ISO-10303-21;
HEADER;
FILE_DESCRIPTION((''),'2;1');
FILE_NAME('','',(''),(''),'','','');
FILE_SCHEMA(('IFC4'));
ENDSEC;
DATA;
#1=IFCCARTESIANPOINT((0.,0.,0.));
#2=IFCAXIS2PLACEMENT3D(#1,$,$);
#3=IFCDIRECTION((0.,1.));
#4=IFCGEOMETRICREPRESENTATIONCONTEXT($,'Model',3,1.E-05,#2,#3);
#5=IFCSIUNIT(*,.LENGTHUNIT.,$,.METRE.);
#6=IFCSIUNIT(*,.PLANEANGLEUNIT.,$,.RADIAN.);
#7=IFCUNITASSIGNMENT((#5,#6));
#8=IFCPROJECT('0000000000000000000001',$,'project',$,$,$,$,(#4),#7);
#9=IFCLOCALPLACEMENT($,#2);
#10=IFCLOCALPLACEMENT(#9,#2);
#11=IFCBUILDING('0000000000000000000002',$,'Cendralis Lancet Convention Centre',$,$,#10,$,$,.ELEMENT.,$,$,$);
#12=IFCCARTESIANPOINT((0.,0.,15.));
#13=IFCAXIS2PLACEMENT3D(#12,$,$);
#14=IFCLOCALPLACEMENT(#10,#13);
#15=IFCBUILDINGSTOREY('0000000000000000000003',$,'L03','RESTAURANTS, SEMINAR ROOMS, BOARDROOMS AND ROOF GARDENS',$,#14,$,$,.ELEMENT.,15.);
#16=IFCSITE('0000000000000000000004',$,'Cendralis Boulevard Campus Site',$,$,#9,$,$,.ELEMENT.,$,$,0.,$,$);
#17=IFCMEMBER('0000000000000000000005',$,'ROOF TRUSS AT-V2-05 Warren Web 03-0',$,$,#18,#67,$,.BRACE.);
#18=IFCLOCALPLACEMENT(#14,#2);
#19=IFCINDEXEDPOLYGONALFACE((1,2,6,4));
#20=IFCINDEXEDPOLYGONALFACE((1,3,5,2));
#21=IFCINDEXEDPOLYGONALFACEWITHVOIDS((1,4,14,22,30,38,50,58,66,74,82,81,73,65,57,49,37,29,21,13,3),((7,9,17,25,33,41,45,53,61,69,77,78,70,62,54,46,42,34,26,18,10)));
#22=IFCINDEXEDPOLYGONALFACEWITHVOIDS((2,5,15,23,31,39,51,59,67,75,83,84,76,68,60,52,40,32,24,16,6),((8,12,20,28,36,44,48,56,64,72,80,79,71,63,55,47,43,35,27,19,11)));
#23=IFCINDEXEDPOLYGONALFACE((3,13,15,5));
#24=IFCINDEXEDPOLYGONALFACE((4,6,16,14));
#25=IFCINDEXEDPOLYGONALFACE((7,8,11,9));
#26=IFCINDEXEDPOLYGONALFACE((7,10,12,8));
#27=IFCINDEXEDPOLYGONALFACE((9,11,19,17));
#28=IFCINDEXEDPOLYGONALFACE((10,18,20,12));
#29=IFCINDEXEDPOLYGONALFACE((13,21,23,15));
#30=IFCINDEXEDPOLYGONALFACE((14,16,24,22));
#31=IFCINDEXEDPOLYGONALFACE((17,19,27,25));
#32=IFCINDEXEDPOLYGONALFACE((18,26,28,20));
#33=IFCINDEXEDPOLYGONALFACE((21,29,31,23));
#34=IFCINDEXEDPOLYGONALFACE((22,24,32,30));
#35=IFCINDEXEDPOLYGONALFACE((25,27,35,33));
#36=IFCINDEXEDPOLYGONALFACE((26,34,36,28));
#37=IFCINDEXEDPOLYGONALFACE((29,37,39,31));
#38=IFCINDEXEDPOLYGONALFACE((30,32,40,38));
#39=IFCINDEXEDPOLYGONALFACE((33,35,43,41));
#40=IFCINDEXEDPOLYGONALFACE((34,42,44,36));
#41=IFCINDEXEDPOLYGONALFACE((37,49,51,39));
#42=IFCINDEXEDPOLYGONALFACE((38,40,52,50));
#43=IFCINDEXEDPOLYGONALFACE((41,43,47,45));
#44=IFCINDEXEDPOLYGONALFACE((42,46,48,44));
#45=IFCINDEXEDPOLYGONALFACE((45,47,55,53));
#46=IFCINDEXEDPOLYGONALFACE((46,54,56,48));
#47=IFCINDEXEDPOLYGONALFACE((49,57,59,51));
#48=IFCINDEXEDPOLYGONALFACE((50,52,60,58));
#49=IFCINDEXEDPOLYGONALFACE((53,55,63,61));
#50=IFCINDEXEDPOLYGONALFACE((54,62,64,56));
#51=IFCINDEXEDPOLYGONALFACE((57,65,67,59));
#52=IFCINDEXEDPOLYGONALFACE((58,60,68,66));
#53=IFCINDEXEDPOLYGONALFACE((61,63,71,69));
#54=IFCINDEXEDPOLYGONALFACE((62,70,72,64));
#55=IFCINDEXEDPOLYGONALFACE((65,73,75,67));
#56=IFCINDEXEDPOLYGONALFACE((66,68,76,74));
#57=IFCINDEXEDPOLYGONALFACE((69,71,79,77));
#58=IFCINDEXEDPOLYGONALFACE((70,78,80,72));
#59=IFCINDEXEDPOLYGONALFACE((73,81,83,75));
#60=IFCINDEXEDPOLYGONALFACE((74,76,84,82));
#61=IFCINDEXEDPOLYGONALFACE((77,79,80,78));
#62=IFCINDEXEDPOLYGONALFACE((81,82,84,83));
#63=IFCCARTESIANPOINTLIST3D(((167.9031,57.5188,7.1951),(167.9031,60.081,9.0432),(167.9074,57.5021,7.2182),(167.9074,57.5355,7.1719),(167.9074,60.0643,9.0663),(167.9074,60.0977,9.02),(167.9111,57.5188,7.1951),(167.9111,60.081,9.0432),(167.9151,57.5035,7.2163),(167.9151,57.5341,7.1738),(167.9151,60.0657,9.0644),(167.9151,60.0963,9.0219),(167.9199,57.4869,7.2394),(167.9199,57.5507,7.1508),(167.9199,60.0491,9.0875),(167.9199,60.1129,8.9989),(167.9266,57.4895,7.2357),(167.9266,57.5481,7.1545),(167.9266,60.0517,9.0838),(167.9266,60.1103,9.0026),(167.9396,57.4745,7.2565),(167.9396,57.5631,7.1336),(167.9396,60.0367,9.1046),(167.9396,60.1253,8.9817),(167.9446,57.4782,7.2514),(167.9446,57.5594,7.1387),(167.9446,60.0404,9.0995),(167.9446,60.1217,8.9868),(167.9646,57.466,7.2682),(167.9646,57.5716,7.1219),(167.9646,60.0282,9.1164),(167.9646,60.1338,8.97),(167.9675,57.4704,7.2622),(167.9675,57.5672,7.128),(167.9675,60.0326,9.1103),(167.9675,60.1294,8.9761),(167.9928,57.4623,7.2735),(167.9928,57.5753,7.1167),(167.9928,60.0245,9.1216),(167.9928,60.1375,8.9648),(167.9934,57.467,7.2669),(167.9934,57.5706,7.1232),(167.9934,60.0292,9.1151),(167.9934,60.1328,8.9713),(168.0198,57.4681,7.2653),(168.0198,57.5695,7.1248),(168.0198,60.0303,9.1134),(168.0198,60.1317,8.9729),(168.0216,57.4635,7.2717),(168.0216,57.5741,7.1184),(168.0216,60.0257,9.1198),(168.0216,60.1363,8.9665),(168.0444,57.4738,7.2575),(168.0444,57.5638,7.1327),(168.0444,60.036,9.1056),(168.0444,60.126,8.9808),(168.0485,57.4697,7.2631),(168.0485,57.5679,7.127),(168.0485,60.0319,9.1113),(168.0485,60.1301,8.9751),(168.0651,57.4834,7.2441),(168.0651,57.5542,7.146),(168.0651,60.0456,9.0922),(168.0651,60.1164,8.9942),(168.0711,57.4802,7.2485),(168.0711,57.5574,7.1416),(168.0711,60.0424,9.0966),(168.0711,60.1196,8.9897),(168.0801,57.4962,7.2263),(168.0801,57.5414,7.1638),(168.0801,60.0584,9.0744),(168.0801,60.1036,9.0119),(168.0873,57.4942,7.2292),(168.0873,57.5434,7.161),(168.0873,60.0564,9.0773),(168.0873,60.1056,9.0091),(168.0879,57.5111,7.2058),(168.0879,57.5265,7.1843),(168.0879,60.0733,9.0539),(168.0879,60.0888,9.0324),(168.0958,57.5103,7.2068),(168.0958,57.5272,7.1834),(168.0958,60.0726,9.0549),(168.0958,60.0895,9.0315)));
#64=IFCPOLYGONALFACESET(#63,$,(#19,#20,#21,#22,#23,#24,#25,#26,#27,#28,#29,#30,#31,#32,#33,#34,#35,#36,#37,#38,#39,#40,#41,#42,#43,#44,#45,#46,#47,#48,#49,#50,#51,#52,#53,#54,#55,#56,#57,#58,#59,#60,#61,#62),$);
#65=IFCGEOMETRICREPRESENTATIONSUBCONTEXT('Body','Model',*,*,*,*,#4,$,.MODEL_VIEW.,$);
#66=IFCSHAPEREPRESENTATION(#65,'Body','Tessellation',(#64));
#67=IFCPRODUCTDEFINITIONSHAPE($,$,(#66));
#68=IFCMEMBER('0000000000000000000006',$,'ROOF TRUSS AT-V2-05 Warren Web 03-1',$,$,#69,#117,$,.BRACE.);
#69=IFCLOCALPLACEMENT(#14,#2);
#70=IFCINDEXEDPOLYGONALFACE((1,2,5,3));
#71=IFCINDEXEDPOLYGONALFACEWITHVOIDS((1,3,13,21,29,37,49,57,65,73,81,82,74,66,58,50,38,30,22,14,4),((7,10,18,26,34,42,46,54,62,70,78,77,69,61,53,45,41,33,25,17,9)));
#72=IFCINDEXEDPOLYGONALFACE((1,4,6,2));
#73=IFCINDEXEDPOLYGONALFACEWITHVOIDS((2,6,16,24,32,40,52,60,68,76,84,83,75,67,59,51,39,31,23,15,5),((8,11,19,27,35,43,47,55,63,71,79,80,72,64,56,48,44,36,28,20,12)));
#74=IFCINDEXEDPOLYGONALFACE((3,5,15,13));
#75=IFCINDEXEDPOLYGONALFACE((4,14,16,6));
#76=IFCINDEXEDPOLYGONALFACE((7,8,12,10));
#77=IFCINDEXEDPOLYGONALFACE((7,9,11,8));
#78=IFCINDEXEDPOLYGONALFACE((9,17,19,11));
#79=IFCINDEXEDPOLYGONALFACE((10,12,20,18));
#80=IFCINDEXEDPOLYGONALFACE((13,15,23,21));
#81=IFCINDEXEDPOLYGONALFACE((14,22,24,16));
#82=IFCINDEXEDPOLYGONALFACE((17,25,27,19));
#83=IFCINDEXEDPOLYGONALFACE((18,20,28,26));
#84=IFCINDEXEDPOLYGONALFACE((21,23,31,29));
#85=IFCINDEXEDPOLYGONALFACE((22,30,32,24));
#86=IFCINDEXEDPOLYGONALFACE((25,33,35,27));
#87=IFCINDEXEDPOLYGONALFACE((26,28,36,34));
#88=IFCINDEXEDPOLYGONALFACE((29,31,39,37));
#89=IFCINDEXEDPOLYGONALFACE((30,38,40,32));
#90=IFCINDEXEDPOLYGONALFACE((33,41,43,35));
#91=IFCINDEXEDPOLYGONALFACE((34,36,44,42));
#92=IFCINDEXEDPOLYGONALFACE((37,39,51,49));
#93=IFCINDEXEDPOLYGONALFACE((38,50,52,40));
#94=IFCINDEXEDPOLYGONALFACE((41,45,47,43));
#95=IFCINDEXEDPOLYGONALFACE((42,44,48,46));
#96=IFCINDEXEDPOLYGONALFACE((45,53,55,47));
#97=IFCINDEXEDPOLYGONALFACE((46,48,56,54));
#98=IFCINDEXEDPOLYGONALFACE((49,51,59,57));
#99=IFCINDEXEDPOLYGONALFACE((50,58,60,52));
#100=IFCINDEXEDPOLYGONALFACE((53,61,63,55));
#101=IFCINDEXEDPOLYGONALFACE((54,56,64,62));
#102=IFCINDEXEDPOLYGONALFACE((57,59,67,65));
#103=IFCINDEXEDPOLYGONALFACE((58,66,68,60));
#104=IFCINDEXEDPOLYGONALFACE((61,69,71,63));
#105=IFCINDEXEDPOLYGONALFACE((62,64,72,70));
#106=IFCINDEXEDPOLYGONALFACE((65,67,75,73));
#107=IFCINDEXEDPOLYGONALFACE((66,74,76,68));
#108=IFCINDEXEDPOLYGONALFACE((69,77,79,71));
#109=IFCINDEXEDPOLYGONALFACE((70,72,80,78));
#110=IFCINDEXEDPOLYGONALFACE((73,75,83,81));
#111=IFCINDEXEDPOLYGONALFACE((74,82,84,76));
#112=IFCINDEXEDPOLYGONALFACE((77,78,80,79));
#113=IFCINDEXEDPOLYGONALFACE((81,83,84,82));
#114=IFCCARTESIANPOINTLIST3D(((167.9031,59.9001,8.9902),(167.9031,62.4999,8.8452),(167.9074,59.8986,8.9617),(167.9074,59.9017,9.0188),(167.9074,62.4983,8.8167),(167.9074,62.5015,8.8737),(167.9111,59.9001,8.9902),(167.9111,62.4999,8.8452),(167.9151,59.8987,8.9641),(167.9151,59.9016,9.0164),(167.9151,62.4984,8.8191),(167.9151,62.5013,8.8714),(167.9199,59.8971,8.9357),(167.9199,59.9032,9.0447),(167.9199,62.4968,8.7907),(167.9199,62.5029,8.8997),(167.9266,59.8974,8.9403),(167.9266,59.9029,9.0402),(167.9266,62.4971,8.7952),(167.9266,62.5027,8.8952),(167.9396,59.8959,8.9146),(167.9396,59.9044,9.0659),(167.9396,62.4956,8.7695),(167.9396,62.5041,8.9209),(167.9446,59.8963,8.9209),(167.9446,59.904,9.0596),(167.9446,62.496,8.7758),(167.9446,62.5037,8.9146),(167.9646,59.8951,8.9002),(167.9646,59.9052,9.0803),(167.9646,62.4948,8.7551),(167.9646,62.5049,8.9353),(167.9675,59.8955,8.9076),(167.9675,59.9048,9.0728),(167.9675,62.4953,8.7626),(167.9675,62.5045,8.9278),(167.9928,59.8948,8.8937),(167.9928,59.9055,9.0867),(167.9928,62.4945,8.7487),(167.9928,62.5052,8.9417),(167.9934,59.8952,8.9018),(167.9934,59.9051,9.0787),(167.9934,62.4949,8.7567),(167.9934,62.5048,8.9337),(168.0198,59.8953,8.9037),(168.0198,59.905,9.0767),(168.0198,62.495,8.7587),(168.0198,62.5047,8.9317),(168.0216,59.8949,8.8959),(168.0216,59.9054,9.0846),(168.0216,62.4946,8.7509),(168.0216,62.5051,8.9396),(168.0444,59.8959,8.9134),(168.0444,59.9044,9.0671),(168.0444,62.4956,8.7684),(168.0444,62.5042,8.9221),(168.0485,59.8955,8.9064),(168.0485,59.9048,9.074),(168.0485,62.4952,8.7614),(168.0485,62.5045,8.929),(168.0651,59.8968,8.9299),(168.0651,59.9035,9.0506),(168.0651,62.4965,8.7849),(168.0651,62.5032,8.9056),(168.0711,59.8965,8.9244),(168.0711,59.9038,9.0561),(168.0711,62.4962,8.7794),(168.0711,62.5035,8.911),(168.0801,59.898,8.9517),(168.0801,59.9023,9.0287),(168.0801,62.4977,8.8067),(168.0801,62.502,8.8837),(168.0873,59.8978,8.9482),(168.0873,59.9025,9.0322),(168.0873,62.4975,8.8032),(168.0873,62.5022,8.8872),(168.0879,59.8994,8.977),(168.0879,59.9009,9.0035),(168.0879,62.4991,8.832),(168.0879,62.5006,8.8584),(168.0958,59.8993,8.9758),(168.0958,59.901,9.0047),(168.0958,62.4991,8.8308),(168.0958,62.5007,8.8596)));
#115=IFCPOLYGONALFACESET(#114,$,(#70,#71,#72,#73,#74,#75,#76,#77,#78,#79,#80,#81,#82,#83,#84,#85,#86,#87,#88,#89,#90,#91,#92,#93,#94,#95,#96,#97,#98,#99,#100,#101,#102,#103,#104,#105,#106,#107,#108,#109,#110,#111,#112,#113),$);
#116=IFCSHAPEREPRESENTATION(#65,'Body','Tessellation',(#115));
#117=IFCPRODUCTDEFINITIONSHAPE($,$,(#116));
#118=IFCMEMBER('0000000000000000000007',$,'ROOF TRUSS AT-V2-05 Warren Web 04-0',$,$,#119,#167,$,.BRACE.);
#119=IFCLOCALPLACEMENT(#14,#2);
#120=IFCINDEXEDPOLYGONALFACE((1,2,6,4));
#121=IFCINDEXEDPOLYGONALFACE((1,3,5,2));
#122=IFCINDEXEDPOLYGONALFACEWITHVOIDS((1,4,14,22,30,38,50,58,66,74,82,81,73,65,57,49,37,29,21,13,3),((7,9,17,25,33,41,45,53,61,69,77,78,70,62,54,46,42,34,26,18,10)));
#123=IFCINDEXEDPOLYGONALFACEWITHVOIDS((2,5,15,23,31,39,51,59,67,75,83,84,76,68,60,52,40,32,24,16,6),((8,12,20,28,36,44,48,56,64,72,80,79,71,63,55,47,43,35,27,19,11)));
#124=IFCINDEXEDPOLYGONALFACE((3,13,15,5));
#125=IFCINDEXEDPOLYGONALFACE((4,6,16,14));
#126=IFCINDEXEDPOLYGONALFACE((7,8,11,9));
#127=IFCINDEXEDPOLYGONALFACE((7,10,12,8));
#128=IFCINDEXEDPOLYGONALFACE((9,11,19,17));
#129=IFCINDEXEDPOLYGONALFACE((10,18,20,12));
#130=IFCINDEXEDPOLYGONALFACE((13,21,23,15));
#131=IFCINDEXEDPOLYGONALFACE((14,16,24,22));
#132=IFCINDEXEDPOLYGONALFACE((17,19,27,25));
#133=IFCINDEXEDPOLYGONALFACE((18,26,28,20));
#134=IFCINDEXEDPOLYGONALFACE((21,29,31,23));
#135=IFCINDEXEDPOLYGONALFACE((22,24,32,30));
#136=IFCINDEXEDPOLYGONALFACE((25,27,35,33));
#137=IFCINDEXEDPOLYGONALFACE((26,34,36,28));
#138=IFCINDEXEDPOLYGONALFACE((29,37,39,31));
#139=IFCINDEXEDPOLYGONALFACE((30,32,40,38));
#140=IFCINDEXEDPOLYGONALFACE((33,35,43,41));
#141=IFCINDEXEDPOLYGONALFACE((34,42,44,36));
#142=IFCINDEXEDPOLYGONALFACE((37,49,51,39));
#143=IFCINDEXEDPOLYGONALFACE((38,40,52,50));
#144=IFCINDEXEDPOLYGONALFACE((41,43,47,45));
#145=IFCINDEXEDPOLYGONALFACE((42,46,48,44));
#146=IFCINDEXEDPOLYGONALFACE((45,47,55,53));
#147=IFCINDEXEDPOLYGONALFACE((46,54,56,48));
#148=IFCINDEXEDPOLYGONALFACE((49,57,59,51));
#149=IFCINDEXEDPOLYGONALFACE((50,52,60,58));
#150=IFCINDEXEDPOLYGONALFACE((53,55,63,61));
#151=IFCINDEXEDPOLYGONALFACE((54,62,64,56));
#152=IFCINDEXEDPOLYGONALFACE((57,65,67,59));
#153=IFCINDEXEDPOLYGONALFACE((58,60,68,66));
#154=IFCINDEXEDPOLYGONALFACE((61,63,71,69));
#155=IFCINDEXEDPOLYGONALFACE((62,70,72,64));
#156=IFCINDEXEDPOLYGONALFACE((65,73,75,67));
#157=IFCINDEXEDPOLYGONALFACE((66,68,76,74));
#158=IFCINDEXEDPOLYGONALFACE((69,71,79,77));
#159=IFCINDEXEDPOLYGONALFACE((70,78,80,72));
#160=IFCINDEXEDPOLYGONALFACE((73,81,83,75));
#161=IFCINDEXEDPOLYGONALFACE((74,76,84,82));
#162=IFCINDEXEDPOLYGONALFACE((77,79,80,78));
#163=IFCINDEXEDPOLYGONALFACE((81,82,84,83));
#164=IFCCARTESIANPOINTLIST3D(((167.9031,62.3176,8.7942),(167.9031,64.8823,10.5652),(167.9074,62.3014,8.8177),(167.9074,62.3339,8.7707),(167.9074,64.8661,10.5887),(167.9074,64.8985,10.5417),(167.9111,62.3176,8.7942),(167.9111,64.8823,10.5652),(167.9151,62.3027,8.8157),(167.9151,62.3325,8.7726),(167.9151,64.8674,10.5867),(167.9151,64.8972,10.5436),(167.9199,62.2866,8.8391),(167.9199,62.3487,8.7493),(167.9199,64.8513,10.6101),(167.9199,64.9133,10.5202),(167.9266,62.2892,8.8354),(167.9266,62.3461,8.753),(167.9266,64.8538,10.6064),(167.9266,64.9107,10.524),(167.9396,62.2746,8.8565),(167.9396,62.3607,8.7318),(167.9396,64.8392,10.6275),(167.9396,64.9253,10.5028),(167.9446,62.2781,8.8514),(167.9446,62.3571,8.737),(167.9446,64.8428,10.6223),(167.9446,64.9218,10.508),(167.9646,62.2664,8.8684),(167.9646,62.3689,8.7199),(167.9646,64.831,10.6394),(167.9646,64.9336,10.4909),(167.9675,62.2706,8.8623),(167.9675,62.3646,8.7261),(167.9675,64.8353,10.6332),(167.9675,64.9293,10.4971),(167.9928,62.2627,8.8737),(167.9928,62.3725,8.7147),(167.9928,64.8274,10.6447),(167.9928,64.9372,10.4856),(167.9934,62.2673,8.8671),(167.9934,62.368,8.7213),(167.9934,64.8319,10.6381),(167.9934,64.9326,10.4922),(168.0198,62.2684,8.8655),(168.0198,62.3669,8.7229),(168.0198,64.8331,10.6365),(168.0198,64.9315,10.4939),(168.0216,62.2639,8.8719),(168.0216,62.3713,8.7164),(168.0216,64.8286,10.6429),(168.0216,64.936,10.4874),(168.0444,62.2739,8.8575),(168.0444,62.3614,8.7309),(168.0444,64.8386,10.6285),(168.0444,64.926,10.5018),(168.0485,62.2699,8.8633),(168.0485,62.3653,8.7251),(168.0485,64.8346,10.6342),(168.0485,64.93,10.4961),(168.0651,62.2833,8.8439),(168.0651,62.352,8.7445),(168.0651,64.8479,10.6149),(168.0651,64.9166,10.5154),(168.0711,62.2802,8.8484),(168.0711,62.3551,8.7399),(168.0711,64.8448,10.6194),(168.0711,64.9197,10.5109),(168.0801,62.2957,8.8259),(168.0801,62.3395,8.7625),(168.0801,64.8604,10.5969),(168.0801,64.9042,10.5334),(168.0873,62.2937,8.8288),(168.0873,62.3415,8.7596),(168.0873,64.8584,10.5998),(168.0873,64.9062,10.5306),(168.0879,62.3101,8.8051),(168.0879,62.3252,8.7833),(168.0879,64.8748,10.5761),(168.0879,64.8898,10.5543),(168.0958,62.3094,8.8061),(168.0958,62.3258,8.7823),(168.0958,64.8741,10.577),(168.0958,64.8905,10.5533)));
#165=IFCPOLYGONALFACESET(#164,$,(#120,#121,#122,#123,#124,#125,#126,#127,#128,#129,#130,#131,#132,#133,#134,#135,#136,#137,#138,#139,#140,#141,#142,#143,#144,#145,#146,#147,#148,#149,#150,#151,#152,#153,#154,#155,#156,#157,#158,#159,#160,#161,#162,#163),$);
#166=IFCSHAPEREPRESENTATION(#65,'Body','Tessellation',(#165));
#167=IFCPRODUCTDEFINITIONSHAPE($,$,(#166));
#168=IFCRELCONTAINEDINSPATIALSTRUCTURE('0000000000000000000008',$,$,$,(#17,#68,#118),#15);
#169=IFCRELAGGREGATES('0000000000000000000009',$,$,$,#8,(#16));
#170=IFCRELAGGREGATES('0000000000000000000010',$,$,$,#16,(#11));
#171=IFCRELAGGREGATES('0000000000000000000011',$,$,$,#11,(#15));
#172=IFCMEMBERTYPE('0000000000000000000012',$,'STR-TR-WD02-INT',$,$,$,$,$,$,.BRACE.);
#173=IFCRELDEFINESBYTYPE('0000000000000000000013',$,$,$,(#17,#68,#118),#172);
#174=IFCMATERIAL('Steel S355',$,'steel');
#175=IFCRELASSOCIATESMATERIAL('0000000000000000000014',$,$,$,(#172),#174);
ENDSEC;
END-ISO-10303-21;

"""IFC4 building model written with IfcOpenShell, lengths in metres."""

from ifc_helpers import new_model, si_unit, direction, frame, origin, origin_2d, place, context, subcontext, project, spatial, hollow_circle, extrude, material, material_profile, profile_set, type_object, element, save


model = new_model("IFC4")

# Units and contexts
model_context = context("Model", 3, precision=1e-05, world=origin(), true_north=direction((0.0, 1.0)))
body_context = subcontext(model_context, "Body", "Model", "MODEL_VIEW")
ifc_project = project(units=[si_unit("LENGTHUNIT", "METRE"), si_unit("PLANEANGLEUNIT", "RADIAN")], contexts=[model_context])

# Site, building, storey
site_placement = place(None, origin())
site = spatial("IfcSite", under=ifc_project, at=site_placement, Name="Cendralis Boulevard Campus Site", CompositionType="ELEMENT", RefElevation=0.0)
building_placement = place(site_placement, origin())
building = spatial("IfcBuilding", under=site, at=building_placement, Name="Cendralis Lancet Convention Centre", CompositionType="ELEMENT")
storey_placement = place(building_placement, frame((0.0, 0.0, 15.0)))
storey = spatial("IfcBuildingStorey", under=building, at=storey_placement, Name="L03", Description="RESTAURANTS, SEMINAR ROOMS, BOARDROOMS AND ROOF GARDENS", CompositionType="ELEMENT", Elevation=15.0)

# Members
ifc_material = material(Name="Steel S355", Category="steel")
ifc_material_profile_1 = material_profile(ifc_material, hollow_circle(Radius=0.0969, WallThickness=0.0081, at=origin_2d()), Name="CHS 193.7x8.0")
ifc_profile_set_1 = profile_set([ifc_material_profile_1], Name="Steel S355")
member_type_1 = type_object("IfcMemberType", Name="STR-TR-WD02-INT", PredefinedType="BRACE", material=ifc_profile_set_1)
member_1_placement = place(storey_placement, frame((168.0, 57.5188, 7.1951), z_axis=(0.0, 0.811036, 0.584997), x_axis=(-1.0, 0.0, 0.0)))
element("IfcMember", 1, at=member_1_placement, inside=storey, type_object=member_type_1, Name="ROOF TRUSS AT-V2-05 Warren Web 03-0", PredefinedType="BRACE", context=body_context, shape_type="SweptSolid", body=[
    extrude(hollow_circle(Radius=0.0969, WallThickness=0.0081, at=origin_2d()), origin(), (0.0, 0.0, 1.0), 3.1592),
])
member_2_placement = place(storey_placement, frame((168.0, 59.9001, 8.9902), z_axis=(0.0, 0.998448, -0.055699), x_axis=(-1.0, 0.0, 0.0)))
element("IfcMember", 2, at=member_2_placement, inside=storey, type_object=member_type_1, Name="ROOF TRUSS AT-V2-05 Warren Web 03-1", PredefinedType="BRACE", context=body_context, shape_type="SweptSolid", body=[
    extrude(hollow_circle(Radius=0.0969, WallThickness=0.0081, at=origin_2d()), origin(), (0.0, 0.0, 1.0), 2.6038),
])
member_3_placement = place(storey_placement, frame((168.0, 62.3176, 8.7942), z_axis=(0.0, 0.822877, 0.56822), x_axis=(-1.0, 0.0, 0.0)))
element("IfcMember", 3, at=member_3_placement, inside=storey, type_object=member_type_1, Name="ROOF TRUSS AT-V2-05 Warren Web 04-0", PredefinedType="BRACE", context=body_context, shape_type="SweptSolid", body=[
    extrude(hollow_circle(Radius=0.0969, WallThickness=0.0081, at=origin_2d()), origin(), (0.0, 0.0, 1.0), 3.1167),
])

save(model, "model.ifc")
